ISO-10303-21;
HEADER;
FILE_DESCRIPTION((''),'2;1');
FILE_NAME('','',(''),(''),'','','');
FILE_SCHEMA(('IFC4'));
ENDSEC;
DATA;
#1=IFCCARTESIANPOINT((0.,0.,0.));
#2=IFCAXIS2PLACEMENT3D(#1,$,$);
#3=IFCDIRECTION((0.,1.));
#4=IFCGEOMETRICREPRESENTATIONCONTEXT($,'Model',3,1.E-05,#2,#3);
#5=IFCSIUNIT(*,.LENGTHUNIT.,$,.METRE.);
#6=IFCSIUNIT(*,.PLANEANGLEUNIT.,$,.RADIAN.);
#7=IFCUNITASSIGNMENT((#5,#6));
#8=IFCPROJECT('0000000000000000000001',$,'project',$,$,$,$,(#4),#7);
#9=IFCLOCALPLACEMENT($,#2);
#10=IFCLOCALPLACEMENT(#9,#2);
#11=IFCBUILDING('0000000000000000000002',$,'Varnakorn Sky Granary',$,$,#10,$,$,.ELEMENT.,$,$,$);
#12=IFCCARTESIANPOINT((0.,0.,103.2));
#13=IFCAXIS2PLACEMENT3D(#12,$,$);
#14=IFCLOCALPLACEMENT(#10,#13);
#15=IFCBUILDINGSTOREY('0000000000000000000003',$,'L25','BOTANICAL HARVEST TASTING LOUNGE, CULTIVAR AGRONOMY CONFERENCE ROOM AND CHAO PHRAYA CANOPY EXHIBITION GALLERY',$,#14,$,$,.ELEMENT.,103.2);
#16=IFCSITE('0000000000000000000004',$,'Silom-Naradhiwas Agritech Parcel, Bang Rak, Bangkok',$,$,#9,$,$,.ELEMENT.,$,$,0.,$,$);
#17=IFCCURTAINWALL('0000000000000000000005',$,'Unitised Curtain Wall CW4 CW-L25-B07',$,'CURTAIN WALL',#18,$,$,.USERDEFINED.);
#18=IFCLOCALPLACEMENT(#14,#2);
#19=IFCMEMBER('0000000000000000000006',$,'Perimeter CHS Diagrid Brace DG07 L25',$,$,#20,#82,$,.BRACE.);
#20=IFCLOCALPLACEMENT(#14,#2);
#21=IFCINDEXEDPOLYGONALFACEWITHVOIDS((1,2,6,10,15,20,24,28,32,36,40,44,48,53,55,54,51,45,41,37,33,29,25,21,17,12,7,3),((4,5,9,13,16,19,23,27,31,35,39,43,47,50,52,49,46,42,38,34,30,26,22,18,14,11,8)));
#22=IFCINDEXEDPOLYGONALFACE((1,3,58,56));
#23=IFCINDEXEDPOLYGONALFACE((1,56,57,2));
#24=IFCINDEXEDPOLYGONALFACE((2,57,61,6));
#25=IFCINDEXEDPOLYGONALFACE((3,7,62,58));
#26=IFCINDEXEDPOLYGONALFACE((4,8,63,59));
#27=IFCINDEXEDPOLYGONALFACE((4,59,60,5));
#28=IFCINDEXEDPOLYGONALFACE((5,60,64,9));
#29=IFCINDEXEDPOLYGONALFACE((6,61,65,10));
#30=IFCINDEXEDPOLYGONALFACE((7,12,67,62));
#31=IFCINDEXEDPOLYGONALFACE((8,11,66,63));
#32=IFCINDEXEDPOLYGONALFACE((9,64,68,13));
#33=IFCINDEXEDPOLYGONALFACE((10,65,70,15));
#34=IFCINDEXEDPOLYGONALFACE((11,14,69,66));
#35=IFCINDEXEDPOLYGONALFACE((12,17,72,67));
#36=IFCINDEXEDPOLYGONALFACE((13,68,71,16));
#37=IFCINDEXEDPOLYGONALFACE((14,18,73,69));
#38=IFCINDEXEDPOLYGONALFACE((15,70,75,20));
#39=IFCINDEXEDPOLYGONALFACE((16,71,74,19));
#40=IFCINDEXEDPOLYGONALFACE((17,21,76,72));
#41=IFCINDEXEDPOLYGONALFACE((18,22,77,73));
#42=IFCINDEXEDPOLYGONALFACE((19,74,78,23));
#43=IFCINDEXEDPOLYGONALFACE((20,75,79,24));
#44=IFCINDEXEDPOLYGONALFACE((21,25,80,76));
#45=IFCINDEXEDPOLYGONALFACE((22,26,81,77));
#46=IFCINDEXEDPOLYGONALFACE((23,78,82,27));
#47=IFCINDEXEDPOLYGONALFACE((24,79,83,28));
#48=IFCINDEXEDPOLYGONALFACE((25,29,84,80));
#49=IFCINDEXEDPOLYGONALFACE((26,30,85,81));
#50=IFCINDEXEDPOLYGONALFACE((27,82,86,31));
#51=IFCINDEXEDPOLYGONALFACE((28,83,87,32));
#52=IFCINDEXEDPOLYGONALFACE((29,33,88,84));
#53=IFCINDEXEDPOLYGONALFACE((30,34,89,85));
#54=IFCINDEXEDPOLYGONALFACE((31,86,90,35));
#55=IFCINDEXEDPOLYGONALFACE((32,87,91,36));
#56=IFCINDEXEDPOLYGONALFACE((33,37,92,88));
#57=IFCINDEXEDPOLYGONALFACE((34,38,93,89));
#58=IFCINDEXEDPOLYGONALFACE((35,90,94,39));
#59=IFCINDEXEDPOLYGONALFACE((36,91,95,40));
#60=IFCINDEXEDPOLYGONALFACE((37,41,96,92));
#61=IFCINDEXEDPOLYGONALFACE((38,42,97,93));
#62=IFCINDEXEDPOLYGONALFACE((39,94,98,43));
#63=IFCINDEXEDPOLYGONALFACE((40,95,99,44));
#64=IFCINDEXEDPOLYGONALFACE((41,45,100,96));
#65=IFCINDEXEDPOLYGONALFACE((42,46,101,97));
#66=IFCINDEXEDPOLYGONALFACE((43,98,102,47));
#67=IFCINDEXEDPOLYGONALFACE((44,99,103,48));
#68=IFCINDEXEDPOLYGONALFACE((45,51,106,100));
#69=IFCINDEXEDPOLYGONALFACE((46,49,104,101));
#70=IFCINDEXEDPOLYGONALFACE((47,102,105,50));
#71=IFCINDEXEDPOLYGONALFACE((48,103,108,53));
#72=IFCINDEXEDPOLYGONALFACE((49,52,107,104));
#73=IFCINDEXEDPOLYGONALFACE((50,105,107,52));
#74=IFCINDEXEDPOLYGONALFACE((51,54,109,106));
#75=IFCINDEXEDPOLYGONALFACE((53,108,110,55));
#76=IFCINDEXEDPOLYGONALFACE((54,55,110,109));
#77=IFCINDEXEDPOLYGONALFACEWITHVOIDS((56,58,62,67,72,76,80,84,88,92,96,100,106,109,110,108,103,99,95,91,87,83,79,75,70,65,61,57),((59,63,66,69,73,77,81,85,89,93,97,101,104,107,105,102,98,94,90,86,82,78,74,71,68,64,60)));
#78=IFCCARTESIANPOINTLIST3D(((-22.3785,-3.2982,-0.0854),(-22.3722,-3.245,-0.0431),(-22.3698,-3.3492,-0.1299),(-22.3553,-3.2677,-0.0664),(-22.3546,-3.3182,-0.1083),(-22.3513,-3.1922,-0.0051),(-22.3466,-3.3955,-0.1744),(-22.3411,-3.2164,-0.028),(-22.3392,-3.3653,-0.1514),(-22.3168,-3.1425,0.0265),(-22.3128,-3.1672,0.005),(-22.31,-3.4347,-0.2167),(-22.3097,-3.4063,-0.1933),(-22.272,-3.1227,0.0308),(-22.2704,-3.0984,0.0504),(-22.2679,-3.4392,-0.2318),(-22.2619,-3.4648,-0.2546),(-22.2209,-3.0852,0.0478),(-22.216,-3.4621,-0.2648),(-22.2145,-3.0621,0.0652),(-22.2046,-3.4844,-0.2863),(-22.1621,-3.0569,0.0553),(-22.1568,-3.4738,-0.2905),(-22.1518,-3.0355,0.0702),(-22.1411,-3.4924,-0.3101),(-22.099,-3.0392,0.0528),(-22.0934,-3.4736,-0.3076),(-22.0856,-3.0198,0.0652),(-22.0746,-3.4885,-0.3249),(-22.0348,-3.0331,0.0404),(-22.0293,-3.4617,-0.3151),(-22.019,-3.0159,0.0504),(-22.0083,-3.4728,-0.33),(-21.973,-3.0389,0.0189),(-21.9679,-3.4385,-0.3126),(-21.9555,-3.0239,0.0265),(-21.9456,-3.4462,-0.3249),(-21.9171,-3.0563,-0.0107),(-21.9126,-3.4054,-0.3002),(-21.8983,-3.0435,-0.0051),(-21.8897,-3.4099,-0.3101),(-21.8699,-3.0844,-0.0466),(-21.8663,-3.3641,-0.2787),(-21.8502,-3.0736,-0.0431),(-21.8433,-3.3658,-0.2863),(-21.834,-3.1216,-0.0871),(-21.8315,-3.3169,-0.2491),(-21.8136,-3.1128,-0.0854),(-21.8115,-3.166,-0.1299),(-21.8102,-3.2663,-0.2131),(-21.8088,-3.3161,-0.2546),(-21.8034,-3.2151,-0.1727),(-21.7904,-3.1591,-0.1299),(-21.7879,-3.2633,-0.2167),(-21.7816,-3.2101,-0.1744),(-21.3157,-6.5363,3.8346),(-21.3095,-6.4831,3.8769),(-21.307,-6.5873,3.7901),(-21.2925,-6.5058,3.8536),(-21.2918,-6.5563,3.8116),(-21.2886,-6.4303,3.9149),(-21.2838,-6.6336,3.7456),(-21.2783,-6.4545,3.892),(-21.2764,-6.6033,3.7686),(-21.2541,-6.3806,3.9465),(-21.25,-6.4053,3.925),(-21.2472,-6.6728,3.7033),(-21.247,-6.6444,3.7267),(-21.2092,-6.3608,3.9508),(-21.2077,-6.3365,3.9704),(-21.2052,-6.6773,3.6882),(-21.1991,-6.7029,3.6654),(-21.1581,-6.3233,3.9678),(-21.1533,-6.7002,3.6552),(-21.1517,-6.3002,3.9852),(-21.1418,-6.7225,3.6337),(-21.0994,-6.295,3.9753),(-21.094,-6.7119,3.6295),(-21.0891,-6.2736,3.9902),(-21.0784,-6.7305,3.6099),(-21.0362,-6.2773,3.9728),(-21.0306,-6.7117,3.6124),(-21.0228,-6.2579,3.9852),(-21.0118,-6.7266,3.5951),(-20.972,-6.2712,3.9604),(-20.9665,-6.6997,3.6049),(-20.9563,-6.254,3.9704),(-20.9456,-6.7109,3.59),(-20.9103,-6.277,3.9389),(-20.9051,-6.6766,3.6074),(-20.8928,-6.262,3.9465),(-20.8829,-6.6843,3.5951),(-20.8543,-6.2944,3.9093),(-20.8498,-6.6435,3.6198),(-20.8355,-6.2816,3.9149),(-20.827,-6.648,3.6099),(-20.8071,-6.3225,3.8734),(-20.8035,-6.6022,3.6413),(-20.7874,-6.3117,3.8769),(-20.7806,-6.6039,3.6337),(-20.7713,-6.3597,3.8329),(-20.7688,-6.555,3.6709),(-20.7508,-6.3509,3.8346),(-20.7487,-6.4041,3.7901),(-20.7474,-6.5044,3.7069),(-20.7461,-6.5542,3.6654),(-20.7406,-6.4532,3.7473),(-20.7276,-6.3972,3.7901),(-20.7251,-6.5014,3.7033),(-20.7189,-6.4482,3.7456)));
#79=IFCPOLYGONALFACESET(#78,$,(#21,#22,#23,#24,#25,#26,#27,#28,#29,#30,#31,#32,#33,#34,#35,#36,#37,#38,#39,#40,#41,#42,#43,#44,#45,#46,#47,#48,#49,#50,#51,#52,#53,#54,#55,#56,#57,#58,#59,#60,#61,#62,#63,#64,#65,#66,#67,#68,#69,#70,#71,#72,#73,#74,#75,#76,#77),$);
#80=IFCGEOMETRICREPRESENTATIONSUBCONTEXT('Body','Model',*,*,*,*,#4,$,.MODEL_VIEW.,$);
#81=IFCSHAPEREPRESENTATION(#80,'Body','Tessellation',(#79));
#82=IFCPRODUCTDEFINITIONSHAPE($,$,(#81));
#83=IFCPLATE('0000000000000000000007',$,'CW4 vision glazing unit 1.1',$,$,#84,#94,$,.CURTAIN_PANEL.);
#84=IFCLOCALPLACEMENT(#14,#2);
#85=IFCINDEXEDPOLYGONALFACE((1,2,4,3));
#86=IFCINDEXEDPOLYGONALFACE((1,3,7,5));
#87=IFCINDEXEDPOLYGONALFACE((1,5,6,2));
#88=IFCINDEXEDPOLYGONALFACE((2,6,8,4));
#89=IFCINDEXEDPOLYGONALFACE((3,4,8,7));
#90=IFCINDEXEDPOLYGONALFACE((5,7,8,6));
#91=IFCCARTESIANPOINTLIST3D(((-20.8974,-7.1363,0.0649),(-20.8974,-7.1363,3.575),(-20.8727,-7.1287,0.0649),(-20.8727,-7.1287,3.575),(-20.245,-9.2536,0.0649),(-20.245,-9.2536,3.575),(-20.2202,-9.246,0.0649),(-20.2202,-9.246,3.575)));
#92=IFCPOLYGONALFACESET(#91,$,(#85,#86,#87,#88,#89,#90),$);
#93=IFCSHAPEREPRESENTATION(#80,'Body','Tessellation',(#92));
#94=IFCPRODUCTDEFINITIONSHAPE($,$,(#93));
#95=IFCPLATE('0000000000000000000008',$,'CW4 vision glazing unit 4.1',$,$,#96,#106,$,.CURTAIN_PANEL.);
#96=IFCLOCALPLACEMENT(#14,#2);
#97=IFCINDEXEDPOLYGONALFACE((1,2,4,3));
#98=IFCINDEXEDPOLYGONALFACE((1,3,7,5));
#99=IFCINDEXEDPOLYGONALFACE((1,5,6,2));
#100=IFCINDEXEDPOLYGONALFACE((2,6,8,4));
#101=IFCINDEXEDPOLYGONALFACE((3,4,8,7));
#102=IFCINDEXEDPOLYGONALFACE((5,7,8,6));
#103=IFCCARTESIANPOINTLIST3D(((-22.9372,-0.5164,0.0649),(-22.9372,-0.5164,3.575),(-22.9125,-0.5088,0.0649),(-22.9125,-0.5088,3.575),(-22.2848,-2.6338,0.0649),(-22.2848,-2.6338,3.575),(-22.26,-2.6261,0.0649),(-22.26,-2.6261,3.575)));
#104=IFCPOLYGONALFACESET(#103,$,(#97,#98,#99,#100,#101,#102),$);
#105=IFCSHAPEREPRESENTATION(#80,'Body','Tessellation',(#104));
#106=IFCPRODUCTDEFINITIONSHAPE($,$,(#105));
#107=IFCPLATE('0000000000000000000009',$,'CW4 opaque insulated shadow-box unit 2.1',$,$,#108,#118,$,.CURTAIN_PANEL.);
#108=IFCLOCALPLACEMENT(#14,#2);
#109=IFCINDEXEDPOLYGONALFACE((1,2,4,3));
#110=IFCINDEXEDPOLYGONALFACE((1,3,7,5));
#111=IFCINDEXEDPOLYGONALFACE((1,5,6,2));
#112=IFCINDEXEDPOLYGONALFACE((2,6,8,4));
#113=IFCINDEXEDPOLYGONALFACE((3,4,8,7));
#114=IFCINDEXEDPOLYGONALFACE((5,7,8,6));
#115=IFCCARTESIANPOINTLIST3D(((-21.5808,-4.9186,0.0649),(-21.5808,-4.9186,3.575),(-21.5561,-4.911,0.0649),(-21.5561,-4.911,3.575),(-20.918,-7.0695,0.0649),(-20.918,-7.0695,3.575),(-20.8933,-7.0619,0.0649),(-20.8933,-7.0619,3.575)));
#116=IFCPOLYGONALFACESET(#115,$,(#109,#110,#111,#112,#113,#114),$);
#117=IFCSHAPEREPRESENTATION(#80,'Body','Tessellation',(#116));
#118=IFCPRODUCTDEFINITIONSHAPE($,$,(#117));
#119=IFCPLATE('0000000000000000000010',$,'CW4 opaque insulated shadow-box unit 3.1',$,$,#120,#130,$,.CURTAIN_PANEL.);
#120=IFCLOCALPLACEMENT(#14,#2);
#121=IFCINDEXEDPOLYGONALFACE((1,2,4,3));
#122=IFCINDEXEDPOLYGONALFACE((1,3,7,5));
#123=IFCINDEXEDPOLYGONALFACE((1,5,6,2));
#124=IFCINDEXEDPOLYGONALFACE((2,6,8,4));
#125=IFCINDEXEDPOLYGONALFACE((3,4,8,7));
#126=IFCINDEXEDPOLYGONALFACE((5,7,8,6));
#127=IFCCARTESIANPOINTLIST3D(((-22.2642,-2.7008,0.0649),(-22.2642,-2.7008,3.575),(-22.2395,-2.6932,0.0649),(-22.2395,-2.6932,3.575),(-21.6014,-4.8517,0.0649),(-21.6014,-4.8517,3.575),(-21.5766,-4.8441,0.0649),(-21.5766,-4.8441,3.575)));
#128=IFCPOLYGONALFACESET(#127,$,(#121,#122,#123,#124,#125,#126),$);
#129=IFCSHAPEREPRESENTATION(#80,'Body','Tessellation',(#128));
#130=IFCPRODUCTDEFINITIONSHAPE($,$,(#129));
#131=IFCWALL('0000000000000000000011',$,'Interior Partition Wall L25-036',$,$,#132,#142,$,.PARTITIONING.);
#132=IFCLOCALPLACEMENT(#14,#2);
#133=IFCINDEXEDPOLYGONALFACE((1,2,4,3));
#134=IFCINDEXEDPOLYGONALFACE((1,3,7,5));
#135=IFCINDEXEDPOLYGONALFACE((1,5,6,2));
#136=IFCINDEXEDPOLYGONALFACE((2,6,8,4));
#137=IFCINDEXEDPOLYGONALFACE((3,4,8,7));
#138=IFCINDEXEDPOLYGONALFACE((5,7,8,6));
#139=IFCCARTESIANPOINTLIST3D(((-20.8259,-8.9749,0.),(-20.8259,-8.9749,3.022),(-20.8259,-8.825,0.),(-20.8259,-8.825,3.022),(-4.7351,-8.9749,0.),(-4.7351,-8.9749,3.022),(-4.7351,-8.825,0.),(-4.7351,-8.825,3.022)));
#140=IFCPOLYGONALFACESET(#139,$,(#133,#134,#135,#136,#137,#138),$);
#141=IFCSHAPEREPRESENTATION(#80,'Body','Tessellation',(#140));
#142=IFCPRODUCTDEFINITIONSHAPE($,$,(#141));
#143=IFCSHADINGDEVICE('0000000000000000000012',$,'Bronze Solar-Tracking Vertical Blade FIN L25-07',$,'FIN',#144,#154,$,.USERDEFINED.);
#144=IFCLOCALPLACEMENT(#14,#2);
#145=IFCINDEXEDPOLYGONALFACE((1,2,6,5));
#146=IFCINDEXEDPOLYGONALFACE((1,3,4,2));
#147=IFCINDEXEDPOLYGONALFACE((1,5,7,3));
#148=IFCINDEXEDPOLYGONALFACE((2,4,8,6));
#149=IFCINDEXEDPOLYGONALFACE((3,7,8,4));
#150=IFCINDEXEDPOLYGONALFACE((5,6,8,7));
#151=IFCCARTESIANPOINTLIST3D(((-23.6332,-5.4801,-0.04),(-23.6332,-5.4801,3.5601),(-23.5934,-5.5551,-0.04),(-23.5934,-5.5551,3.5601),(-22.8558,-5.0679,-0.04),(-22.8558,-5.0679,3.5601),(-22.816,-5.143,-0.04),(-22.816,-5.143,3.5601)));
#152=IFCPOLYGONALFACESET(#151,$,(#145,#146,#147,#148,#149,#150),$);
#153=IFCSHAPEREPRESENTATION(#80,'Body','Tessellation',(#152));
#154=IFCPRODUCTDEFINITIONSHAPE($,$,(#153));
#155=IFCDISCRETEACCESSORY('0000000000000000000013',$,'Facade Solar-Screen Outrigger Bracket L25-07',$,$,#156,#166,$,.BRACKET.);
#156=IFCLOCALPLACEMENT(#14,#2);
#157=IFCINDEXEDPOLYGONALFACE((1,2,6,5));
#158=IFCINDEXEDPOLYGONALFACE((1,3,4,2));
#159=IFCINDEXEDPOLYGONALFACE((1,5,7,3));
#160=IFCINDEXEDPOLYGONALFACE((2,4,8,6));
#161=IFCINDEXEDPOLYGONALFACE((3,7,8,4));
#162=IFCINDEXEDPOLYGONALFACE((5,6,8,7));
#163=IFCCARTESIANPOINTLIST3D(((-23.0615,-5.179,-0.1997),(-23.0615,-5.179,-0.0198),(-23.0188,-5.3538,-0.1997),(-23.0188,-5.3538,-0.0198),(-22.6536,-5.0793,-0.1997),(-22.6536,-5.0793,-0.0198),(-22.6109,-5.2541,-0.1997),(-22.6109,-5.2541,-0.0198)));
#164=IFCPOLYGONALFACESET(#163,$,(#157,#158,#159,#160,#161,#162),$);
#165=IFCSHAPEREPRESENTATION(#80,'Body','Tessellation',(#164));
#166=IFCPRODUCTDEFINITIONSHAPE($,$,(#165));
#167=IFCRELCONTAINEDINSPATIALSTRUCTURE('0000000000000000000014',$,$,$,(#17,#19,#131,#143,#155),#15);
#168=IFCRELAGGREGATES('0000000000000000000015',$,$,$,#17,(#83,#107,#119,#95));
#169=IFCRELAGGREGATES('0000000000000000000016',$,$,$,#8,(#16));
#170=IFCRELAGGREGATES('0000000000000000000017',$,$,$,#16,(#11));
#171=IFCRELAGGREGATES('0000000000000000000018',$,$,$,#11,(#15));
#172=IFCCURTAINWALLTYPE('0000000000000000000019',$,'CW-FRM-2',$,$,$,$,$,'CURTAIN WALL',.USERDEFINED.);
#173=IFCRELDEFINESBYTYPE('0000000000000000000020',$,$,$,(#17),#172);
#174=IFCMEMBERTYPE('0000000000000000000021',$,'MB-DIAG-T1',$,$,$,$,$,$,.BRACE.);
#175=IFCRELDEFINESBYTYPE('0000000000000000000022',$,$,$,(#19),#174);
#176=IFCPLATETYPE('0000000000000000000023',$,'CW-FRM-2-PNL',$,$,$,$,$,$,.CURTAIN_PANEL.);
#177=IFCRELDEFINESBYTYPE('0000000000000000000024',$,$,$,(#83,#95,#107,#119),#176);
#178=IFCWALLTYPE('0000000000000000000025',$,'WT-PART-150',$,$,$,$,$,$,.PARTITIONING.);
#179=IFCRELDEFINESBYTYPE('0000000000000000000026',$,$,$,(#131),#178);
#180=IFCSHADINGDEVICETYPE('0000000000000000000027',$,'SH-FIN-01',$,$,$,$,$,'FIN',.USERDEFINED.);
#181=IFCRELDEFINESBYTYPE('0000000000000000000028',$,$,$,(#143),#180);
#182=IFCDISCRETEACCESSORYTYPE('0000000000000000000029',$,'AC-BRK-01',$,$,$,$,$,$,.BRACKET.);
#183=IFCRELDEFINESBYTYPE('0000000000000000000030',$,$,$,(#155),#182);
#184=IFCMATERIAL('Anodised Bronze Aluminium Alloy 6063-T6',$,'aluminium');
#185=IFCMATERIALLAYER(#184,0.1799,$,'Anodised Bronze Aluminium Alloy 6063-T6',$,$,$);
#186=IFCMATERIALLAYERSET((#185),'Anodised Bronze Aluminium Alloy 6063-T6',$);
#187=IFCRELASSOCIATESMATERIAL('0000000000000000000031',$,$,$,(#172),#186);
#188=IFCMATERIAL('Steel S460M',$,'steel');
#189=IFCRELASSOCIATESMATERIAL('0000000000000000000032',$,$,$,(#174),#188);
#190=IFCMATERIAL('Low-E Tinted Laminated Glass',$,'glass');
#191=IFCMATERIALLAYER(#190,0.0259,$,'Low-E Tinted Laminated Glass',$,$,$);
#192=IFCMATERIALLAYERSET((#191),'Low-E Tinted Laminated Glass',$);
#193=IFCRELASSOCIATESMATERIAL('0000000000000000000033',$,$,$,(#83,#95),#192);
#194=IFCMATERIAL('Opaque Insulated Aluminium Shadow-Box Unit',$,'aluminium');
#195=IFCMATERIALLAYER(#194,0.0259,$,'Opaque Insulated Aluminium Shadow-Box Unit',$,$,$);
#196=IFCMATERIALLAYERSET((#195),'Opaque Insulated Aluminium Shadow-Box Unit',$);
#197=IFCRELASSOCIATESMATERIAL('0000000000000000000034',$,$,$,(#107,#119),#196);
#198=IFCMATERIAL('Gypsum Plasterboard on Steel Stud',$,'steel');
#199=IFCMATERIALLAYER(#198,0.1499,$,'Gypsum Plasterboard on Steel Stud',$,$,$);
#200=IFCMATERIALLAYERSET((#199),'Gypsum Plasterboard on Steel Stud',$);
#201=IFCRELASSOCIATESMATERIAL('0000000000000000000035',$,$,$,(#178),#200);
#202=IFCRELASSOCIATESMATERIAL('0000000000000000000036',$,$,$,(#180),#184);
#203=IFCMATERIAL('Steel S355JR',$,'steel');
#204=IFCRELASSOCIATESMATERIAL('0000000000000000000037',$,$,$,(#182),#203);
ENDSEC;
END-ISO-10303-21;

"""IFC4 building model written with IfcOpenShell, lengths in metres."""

from ifc_helpers import new_model, si_unit, direction, frame, frame_2d, origin, origin_2d, place, context, subcontext, project, spatial, rectangle, hollow_circle, extrude, source, transform, mapped, material, layer, layer_set, material_profile, profile_set, type_object, type_shapes, element, aggregate, save


model = new_model("IFC4")

# Units and contexts
model_context = context("Model", 3, precision=1e-05, world=origin(), true_north=direction((0.0, 1.0)))
body_context = subcontext(model_context, "Body", "Model", "MODEL_VIEW")
ifc_project = project(units=[si_unit("LENGTHUNIT", "METRE"), si_unit("PLANEANGLEUNIT", "RADIAN")], contexts=[model_context])

# Site, building, storey
site_placement = place(None, origin())
site = spatial("IfcSite", under=ifc_project, at=site_placement, Name="Silom-Naradhiwas Agritech Parcel, Bang Rak, Bangkok", CompositionType="ELEMENT", RefElevation=0.0)
building_placement = place(site_placement, origin())
building = spatial("IfcBuilding", under=site, at=building_placement, Name="Varnakorn Sky Granary", CompositionType="ELEMENT")
storey_placement = place(building_placement, frame((0.0, 0.0, 103.2)))
storey = spatial("IfcBuildingStorey", under=building, at=storey_placement, Name="L25", Description="BOTANICAL HARVEST TASTING LOUNGE, CULTIVAR AGRONOMY CONFERENCE ROOM AND CHAO PHRAYA CANOPY EXHIBITION GALLERY", CompositionType="ELEMENT", Elevation=103.2)

# Shared definitions
ifc_material_1 = material(Name="Steel S460M", Category="steel")

# Shared definitions
ifc_material_2 = material(Name="Steel S355JR", Category="steel")

# Curtain wall
ifc_material_3 = material(Name="Anodised Bronze Aluminium Alloy 6063-T6", Category="aluminium")
ifc_layer_1 = layer(ifc_material_3, 0.1799, Name="Anodised Bronze Aluminium Alloy 6063-T6")
ifc_layer_set_1 = layer_set([ifc_layer_1], Name="Anodised Bronze Aluminium Alloy 6063-T6")
curtain_wall_type = type_object("IfcCurtainWallType", Name="CW-FRM-2", ElementType="CURTAIN WALL", PredefinedType="USERDEFINED", material=ifc_layer_set_1)
curtain_wall_placement = place(storey_placement, origin())
curtain_wall = element("IfcCurtainWall", 1, at=curtain_wall_placement, inside=storey, type_object=curtain_wall_type, Name="Unitised Curtain Wall CW4 CW-L25-B07", ObjectType="CURTAIN WALL", PredefinedType="USERDEFINED")

# Member
ifc_material_profile_1 = material_profile(ifc_material_1, hollow_circle(Radius=0.3049, WallThickness=0.0222, at=origin_2d()), Name="CHS 610x22")
ifc_profile_set_1 = profile_set([ifc_material_profile_1], Name="Steel S460M")
member_type_1 = type_object("IfcMemberType", Name="MB-DIAG-T1", PredefinedType="BRACE", material=ifc_profile_set_1)
member_1_placement = place(storey_placement, frame((-22.0801, -3.2542, -0.1299), z_axis=(0.204601, -0.62339, 0.754668), x_axis=(0.950135, 0.31184, 0.0)))
element("IfcMember", 2, at=member_1_placement, inside=storey, type_object=member_type_1, Name="Perimeter CHS Diagrid Brace DG07 L25", PredefinedType="BRACE", context=body_context, shape_type="SweptSolid", body=[
    extrude(hollow_circle(Radius=0.3049, WallThickness=0.0222, at=origin_2d()), origin(), (0.0, 0.0, 1.0), 5.1943),
])

# Plates
ifc_material_4 = material(Name="Low-E Tinted Laminated Glass", Category="glass")
ifc_layer_2 = layer(ifc_material_4, 0.0259, Name="Low-E Tinted Laminated Glass")
ifc_layer_set_2 = layer_set([ifc_layer_2], Name="Low-E Tinted Laminated Glass")
plate_type = type_object("IfcPlateType", Name="CW-FRM-2-PNL", PredefinedType="CURTAIN_PANEL")
shared_shape_1 = source(origin(), body_context, "Body", "SweptSolid", [
    extrude(rectangle(XDim=2.2156, YDim=0.0259, at=origin_2d()), origin(), (0.0, 0.0, 1.0), 3.51),
])
plate_1_placement = place(storey_placement, frame((-20.5588, -8.1912, 0.0649), z_axis=(0.0, 0.0, 1.0), x_axis=(-0.294498, 0.955652, 0.0)))
plate_1 = element("IfcPlate", 3, at=plate_1_placement, type_object=plate_type, material=ifc_layer_set_2, Name="CW4 vision glazing unit 1.1", PredefinedType="CURTAIN_PANEL", context=body_context, shape_type="MappedRepresentation", body=[
    mapped(shared_shape_1, transform((0.0, 0.0, 0.0), x_axis=(1.0, 0.0, 0.0), y_axis=(0.0, 1.0, 0.0), z_axis=(0.0, 0.0, 1.0), scale=1.0)),
])
plate_2_placement = place(storey_placement, frame((-22.5986, -1.5713, 0.0649), z_axis=(0.0, 0.0, 1.0), x_axis=(-0.294498, 0.955652, 0.0)))
plate_2 = element("IfcPlate", 4, at=plate_2_placement, type_object=plate_type, material=ifc_layer_set_2, Name="CW4 vision glazing unit 4.1", PredefinedType="CURTAIN_PANEL", context=body_context, shape_type="MappedRepresentation", body=[
    mapped(shared_shape_1, transform((0.0, 0.0, 0.0), x_axis=(1.0, 0.0, 0.0), y_axis=(0.0, 1.0, 0.0), z_axis=(0.0, 0.0, 1.0), scale=1.0)),
])
ifc_material_5 = material(Name="Opaque Insulated Aluminium Shadow-Box Unit", Category="aluminium")
ifc_layer_3 = layer(ifc_material_5, 0.0259, Name="Opaque Insulated Aluminium Shadow-Box Unit")
ifc_layer_set_3 = layer_set([ifc_layer_3], Name="Opaque Insulated Aluminium Shadow-Box Unit")
shared_shape_2 = source(origin(), body_context, "Body", "SweptSolid", [
    extrude(rectangle(XDim=2.2507, YDim=0.0259, at=origin_2d()), origin(), (0.0, 0.0, 1.0), 3.51),
])
type_shapes(plate_type, [shared_shape_1, shared_shape_2])
plate_3_placement = place(storey_placement, frame((-21.2371, -5.9902, 0.0649), z_axis=(0.0, 0.0, 1.0), x_axis=(-0.294498, 0.955652, 0.0)))
plate_3 = element("IfcPlate", 5, at=plate_3_placement, type_object=plate_type, material=ifc_layer_set_3, Name="CW4 opaque insulated shadow-box unit 2.1", PredefinedType="CURTAIN_PANEL", context=body_context, shape_type="MappedRepresentation", body=[
    mapped(shared_shape_2, transform((0.0, 0.0, 0.0), x_axis=(1.0, 0.0, 0.0), y_axis=(0.0, 1.0, 0.0), z_axis=(0.0, 0.0, 1.0), scale=1.0)),
])
plate_4_placement = place(storey_placement, frame((-21.9204, -3.7725, 0.0649), z_axis=(0.0, 0.0, 1.0), x_axis=(-0.294498, 0.955652, 0.0)))
plate_4 = element("IfcPlate", 6, at=plate_4_placement, type_object=plate_type, material=ifc_layer_set_3, Name="CW4 opaque insulated shadow-box unit 3.1", PredefinedType="CURTAIN_PANEL", context=body_context, shape_type="MappedRepresentation", body=[
    mapped(shared_shape_2, transform((0.0, 0.0, 0.0), x_axis=(1.0, 0.0, 0.0), y_axis=(0.0, 1.0, 0.0), z_axis=(0.0, 0.0, 1.0), scale=1.0)),
])
aggregate(curtain_wall, [plate_1, plate_3, plate_4, plate_2])

# Wall
ifc_material_6 = material(Name="Gypsum Plasterboard on Steel Stud", Category="steel")
ifc_layer_4 = layer(ifc_material_6, 0.1499, Name="Gypsum Plasterboard on Steel Stud")
ifc_layer_set_4 = layer_set([ifc_layer_4], Name="Gypsum Plasterboard on Steel Stud")
wall_type = type_object("IfcWallType", Name="WT-PART-150", PredefinedType="PARTITIONING", material=ifc_layer_set_4)
wall_placement = place(storey_placement, frame((-20.8259, -8.8999, 0.0), z_axis=(0.0, 0.0, 1.0), x_axis=(1.0, 0.0, 0.0)))
element("IfcWall", 7, at=wall_placement, inside=storey, type_object=wall_type, Name="Interior Partition Wall L25-036", PredefinedType="PARTITIONING", context=body_context, shape_type="SweptSolid", body=[
    extrude(rectangle(XDim=16.0908, YDim=0.1499, at=frame_2d((8.0454, 0.0))), origin(), (0.0, 0.0, 1.0), 3.022),
])

# Shading device
shading_device_type = type_object("IfcShadingDeviceType", Name="SH-FIN-01", ElementType="FIN", PredefinedType="USERDEFINED", material=ifc_material_3)
shared_shape_3 = source(origin(), body_context, "Body", "SweptSolid", [
    extrude(rectangle(XDim=0.085, YDim=0.8799, at=origin_2d()), origin(), (0.0, 0.0, 1.0), 3.6001),
])
type_shapes(shading_device_type, [shared_shape_3])
shading_device_placement = place(storey_placement, frame((-23.2246, -5.3115, -0.04), z_axis=(0.0, 0.0, 1.0), x_axis=(0.468453, -0.883489, 0.0)))
element("IfcShadingDevice", 8, at=shading_device_placement, inside=storey, type_object=shading_device_type, Name="Bronze Solar-Tracking Vertical Blade FIN L25-07", ObjectType="FIN", PredefinedType="USERDEFINED", context=body_context, shape_type="MappedRepresentation", body=[
    mapped(shared_shape_3, transform((0.0, 0.0, 0.0), x_axis=(1.0, 0.0, 0.0), y_axis=(0.0, 1.0, 0.0), z_axis=(0.0, 0.0, 1.0), scale=1.0)),
])

# Discrete accessory
discrete_accessory_type = type_object("IfcDiscreteAccessoryType", Name="AC-BRK-01", PredefinedType="BRACKET", material=ifc_material_2)
shared_shape_4 = source(origin(), body_context, "Body", "SweptSolid", [
    extrude(rectangle(XDim=0.1799, YDim=0.4199, at=origin_2d()), origin(), (0.0, 0.0, 1.0), 0.1799),
])
type_shapes(discrete_accessory_type, [shared_shape_4])
discrete_accessory_placement = place(storey_placement, frame((-22.8362, -5.2166, -0.1997), z_axis=(0.0, 0.0, 1.0), x_axis=(0.237497, -0.971388, 0.0)))
element("IfcDiscreteAccessory", 9, at=discrete_accessory_placement, inside=storey, type_object=discrete_accessory_type, Name="Facade Solar-Screen Outrigger Bracket L25-07", PredefinedType="BRACKET", context=body_context, shape_type="MappedRepresentation", body=[
    mapped(shared_shape_4, transform((0.0, 0.0, 0.0), x_axis=(1.0, 0.0, 0.0), y_axis=(0.0, 1.0, 0.0), z_axis=(0.0, 0.0, 1.0), scale=1.0)),
])

save(model, "model.ifc")
